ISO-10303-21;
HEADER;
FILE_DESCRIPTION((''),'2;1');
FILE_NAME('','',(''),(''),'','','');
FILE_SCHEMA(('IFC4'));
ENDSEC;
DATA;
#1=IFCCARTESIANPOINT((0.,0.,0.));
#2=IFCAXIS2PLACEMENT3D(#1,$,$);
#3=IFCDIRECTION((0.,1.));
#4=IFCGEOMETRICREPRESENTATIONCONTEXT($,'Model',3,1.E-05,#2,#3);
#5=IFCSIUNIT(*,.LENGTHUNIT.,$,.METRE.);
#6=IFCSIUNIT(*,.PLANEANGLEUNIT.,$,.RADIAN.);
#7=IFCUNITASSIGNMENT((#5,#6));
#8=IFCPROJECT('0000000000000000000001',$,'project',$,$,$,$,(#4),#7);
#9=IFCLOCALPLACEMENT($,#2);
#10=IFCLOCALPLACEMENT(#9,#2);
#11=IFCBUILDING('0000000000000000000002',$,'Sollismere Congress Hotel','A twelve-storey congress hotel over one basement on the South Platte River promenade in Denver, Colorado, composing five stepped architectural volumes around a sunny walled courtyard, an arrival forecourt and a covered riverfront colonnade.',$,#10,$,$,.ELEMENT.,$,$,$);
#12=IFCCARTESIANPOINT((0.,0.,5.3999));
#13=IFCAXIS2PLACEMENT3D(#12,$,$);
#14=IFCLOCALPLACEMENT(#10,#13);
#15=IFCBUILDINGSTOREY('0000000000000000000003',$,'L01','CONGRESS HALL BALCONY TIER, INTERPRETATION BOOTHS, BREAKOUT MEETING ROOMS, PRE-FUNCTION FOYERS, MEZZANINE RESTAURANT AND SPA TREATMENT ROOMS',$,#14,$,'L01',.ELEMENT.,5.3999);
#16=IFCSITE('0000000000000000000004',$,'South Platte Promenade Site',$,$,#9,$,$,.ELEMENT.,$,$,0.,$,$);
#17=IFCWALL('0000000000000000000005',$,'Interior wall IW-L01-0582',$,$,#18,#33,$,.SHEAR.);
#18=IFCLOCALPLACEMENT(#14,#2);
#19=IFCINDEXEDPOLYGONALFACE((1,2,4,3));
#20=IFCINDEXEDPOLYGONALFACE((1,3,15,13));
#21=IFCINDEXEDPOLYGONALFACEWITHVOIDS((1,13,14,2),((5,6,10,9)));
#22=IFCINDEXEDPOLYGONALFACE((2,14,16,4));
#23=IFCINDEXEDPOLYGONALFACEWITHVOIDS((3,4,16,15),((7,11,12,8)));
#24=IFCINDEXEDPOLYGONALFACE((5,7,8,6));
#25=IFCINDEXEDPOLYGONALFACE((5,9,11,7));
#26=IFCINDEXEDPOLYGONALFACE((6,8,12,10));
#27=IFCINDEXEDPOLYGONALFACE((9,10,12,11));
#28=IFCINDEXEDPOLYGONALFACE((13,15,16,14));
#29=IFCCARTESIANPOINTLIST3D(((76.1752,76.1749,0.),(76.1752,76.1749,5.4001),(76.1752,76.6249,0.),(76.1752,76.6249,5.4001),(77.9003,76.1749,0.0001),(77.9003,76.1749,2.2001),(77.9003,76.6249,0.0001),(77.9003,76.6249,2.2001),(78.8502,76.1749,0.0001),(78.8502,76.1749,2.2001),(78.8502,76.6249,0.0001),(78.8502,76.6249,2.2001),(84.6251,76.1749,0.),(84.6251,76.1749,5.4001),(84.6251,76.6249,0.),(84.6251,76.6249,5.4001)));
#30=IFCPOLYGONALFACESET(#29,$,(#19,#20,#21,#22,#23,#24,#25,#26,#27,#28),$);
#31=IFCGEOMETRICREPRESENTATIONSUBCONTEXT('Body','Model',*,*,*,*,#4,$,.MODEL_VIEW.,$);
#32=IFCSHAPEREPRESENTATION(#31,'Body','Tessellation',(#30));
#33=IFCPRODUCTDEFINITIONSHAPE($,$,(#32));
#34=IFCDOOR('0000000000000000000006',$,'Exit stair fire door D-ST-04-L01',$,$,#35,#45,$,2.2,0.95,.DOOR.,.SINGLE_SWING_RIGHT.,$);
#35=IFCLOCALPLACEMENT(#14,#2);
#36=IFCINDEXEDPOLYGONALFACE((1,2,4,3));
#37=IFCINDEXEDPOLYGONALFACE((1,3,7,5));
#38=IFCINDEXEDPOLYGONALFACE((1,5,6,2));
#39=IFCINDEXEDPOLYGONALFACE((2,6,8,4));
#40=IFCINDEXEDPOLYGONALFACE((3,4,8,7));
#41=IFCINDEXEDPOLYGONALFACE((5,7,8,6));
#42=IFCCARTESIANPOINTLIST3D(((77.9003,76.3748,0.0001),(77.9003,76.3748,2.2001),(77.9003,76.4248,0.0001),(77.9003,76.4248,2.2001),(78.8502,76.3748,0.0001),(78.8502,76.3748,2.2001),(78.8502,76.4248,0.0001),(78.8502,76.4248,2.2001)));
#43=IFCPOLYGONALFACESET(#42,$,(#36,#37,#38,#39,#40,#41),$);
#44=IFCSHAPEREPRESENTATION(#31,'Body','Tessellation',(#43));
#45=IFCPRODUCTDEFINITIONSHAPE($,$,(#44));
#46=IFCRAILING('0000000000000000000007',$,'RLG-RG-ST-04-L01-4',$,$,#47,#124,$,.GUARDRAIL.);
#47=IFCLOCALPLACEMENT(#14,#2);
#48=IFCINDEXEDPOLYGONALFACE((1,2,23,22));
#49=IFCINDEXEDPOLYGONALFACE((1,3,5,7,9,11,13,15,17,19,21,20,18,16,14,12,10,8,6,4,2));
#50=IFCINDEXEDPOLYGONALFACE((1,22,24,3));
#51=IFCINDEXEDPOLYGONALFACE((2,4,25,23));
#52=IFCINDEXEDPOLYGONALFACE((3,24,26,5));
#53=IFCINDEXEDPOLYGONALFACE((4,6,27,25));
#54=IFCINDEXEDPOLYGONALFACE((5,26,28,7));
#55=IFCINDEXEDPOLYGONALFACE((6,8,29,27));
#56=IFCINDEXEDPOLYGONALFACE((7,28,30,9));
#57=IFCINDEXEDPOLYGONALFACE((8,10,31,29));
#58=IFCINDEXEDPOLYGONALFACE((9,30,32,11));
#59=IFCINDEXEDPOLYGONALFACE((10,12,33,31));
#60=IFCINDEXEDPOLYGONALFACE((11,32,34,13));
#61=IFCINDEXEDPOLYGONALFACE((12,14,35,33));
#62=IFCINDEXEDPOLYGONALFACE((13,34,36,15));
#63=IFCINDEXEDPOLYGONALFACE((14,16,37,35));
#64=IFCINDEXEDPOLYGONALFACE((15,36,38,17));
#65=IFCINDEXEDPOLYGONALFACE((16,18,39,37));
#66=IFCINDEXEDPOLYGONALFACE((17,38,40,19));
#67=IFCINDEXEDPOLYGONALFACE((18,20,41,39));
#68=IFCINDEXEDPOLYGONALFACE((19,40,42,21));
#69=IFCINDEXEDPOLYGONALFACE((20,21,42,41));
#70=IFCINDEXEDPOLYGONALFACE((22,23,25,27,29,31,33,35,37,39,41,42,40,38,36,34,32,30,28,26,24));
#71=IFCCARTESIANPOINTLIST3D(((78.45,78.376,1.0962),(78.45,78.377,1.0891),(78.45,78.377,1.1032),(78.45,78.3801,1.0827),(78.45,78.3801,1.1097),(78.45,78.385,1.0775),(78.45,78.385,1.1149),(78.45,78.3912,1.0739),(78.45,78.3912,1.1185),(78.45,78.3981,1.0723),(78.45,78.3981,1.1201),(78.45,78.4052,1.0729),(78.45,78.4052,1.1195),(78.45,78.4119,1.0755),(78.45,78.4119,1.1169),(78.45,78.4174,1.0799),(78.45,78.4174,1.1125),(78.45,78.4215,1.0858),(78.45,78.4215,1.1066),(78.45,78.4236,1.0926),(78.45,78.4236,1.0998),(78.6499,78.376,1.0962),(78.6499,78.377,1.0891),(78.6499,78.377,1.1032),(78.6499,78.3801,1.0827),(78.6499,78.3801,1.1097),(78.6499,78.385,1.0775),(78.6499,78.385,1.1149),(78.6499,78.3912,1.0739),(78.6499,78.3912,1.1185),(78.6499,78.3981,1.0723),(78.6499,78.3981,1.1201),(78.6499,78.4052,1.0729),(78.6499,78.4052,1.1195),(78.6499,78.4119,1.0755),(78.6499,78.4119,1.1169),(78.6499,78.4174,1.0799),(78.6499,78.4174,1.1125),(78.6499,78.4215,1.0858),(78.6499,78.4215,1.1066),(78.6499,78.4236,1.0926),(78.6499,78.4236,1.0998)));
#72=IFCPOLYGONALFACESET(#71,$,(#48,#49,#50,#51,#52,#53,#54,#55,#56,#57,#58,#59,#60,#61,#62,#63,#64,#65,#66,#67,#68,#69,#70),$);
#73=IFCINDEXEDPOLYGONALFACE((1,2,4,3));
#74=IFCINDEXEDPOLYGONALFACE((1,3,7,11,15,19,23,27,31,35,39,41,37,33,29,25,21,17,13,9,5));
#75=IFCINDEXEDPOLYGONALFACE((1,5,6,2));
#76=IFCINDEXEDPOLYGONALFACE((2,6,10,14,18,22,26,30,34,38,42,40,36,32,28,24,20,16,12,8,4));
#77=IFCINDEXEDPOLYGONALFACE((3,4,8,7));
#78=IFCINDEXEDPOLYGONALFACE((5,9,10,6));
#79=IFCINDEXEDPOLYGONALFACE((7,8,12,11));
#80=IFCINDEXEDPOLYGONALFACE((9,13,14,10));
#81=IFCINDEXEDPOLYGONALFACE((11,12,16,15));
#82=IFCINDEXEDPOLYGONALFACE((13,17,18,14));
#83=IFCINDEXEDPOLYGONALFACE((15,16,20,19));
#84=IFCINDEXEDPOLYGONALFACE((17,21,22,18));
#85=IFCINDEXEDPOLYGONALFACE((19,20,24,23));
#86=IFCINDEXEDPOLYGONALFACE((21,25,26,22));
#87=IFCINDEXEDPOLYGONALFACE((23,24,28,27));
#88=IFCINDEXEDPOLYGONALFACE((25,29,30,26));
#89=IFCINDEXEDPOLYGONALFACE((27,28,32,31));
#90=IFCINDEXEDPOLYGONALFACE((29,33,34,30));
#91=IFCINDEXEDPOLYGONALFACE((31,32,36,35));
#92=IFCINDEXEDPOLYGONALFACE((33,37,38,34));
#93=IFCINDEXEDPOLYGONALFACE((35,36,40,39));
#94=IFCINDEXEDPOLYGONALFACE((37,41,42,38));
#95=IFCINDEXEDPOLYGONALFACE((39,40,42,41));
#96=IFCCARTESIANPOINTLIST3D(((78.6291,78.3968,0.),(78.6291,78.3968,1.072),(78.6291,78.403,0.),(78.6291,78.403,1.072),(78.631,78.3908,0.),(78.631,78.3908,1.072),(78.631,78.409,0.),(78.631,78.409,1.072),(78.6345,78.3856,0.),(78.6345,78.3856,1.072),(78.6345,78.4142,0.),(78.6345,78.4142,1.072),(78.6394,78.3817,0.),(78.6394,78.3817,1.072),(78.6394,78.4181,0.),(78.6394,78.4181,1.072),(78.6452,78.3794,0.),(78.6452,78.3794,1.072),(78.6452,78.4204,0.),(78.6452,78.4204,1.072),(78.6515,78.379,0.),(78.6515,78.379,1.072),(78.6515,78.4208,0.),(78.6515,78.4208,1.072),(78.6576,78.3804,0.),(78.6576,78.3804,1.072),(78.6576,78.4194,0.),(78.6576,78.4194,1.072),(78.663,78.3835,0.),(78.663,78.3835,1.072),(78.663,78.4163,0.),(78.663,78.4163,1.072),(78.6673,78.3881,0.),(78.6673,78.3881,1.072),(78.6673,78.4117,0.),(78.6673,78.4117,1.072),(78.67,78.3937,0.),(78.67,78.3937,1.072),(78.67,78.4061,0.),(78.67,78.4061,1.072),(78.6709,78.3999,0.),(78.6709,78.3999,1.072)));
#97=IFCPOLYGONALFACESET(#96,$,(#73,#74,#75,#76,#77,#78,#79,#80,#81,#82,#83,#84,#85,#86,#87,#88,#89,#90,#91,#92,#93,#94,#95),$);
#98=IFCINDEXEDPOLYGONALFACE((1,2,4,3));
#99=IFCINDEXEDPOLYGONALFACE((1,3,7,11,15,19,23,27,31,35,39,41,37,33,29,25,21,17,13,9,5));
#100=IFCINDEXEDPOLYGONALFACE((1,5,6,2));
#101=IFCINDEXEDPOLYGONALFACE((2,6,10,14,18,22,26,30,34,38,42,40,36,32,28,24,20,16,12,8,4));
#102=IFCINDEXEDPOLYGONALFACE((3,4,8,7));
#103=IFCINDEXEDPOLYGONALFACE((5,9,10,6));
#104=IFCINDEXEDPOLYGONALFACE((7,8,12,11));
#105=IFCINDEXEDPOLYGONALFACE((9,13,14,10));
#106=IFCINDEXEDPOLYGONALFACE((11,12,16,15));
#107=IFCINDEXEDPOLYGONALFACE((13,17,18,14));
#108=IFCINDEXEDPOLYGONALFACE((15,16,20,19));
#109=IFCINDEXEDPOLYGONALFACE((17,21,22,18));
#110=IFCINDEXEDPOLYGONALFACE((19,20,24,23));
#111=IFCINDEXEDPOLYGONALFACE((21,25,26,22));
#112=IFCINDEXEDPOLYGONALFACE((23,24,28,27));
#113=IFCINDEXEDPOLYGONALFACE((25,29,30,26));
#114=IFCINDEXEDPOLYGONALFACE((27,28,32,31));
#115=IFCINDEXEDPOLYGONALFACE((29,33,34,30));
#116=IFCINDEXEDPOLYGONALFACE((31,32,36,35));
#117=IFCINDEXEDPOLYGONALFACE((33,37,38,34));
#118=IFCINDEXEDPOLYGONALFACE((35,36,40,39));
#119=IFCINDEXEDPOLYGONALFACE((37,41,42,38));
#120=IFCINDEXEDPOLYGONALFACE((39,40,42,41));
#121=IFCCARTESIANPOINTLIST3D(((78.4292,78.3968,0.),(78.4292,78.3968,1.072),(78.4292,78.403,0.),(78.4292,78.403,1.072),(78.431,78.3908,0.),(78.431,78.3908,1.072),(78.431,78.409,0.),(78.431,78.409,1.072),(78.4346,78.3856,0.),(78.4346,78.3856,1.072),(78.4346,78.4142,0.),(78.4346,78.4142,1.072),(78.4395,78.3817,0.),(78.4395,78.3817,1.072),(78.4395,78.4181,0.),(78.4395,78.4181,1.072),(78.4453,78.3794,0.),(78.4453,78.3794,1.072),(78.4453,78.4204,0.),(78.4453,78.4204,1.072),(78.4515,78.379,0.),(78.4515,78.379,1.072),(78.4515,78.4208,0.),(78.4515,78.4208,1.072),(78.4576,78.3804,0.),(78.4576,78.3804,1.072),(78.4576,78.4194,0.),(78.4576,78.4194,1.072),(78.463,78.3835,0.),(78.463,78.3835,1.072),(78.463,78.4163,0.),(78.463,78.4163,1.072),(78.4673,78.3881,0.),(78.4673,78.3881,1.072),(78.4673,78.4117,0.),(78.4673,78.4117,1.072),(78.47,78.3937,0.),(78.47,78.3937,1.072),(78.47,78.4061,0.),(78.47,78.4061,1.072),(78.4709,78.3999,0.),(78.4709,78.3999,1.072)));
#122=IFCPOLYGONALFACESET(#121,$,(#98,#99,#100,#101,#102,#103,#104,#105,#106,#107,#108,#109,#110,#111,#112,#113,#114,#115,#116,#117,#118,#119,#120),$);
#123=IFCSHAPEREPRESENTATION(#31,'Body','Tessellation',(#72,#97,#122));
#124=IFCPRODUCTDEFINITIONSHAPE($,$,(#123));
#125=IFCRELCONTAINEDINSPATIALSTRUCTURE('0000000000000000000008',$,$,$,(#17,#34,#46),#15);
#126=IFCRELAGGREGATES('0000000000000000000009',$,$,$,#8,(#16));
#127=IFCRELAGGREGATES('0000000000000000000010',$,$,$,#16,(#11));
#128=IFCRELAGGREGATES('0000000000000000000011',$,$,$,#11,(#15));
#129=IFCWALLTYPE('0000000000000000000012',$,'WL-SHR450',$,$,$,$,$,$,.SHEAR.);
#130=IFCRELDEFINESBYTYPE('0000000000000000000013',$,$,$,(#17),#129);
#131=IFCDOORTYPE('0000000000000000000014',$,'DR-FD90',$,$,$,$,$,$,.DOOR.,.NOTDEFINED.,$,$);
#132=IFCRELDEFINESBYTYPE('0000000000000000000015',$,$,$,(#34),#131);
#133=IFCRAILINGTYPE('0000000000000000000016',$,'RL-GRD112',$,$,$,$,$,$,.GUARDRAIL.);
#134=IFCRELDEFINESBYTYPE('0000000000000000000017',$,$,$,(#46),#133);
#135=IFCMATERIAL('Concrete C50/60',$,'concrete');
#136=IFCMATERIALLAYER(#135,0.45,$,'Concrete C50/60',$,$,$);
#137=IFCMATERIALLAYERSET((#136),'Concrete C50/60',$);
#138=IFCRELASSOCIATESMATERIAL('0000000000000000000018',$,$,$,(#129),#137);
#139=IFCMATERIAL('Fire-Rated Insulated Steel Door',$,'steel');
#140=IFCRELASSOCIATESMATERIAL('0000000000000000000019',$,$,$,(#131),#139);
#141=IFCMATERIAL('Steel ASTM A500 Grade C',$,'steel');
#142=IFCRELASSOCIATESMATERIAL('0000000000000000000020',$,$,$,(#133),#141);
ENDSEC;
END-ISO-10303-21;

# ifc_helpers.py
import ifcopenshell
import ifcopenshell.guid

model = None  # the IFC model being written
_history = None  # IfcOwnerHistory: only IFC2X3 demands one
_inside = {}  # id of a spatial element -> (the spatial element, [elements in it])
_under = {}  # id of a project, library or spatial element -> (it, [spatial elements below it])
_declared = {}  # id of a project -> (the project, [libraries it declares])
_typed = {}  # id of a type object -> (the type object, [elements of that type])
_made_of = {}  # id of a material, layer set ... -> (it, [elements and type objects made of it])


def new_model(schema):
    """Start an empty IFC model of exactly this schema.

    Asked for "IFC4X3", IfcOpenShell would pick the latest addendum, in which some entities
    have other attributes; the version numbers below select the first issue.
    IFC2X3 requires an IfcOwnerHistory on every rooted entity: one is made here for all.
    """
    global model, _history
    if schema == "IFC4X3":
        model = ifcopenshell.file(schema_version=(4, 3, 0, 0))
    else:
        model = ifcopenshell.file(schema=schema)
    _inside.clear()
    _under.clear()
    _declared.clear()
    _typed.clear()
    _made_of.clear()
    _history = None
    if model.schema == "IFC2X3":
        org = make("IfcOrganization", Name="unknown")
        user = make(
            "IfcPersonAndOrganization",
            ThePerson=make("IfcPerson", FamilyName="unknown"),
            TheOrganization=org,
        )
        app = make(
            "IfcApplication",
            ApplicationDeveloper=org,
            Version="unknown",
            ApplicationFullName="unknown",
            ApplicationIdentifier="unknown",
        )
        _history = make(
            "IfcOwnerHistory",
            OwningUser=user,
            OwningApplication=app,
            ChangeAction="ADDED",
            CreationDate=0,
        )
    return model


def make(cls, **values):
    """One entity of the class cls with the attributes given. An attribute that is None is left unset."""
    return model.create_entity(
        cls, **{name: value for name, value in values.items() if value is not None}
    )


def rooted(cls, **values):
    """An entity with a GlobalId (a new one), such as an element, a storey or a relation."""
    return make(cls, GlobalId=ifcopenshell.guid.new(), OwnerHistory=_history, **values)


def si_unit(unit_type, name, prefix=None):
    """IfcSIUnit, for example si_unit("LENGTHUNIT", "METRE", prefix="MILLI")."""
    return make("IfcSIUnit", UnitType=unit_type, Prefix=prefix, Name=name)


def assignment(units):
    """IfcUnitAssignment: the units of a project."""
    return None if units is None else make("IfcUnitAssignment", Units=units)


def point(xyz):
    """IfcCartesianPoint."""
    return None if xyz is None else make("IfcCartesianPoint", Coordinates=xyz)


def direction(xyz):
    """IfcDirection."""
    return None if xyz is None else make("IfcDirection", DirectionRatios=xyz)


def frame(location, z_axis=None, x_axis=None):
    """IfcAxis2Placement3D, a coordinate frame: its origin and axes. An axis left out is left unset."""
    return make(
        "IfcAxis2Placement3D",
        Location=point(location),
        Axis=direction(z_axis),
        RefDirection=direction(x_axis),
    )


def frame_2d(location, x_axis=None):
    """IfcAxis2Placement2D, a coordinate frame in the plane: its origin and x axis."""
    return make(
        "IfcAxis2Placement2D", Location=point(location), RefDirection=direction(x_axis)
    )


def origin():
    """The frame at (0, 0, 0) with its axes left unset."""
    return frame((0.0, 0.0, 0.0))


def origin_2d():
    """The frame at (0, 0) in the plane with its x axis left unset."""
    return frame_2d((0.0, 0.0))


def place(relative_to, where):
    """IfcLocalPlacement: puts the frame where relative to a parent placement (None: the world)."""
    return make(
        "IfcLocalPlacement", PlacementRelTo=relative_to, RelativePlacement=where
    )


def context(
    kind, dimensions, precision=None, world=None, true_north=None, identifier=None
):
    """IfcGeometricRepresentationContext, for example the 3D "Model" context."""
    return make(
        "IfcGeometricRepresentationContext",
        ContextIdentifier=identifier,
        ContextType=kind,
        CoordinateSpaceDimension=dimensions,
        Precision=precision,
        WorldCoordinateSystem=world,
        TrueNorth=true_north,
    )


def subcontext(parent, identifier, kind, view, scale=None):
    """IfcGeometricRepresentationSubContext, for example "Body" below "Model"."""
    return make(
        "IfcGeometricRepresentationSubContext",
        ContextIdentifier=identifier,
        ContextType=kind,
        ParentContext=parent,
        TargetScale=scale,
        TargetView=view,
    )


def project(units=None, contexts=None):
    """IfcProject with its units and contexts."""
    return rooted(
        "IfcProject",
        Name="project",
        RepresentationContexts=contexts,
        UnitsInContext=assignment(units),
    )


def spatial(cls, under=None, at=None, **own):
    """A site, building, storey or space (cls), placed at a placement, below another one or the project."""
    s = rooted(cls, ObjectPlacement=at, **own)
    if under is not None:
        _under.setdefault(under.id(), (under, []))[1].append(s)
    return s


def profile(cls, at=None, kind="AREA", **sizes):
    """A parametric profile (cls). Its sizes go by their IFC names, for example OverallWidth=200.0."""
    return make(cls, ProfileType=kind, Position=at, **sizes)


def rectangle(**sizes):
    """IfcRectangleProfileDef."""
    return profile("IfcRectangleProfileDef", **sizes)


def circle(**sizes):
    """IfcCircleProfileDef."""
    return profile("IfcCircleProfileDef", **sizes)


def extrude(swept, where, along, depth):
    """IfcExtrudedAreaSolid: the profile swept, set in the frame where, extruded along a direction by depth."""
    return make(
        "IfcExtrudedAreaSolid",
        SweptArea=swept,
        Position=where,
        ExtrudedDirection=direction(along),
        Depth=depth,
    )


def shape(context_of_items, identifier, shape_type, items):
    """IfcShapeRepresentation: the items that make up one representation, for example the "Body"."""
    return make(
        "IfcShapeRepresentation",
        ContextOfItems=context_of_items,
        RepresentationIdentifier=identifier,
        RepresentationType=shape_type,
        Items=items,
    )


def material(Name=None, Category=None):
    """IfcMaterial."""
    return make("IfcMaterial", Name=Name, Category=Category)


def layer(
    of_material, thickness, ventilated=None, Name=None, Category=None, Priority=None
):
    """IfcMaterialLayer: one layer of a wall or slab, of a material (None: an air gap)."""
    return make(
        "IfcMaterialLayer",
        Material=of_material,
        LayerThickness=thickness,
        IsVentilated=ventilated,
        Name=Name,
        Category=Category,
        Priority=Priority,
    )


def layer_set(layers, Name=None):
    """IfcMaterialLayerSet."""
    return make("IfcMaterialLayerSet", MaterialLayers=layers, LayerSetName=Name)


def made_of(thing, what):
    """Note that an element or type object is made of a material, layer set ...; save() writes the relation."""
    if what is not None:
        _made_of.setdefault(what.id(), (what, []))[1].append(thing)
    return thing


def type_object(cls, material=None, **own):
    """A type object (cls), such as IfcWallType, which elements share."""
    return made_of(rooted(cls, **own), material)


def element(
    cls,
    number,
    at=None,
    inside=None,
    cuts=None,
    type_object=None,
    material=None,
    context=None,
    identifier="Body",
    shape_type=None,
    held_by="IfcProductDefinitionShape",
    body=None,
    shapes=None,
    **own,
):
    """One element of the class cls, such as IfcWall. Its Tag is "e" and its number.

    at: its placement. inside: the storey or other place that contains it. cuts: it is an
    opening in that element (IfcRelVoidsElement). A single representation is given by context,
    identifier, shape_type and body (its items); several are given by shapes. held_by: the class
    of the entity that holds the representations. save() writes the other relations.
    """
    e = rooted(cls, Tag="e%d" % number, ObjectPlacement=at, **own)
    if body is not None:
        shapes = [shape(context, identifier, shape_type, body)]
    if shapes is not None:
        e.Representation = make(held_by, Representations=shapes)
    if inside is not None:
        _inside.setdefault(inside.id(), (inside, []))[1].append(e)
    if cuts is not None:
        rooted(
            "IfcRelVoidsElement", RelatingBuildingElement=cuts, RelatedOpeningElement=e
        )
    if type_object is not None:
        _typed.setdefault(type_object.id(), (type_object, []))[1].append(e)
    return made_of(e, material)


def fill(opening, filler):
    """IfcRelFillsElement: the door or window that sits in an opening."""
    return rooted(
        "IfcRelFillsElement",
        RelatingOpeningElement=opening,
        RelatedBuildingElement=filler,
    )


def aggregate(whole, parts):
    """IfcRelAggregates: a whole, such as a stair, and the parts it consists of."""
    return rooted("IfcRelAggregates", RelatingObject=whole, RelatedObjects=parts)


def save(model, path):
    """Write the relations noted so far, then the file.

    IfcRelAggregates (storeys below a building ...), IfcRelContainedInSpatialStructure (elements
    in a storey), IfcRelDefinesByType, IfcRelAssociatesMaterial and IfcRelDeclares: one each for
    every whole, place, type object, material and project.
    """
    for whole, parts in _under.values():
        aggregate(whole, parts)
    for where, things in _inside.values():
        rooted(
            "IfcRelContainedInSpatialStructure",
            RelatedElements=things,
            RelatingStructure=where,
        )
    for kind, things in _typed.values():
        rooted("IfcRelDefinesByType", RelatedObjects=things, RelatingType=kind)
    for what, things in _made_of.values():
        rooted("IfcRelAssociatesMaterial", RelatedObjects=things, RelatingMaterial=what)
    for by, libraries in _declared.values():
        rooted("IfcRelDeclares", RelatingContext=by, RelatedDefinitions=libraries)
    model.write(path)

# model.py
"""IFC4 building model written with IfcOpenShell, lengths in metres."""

from ifc_helpers import new_model, si_unit, direction, frame, frame_2d, origin, origin_2d, place, context, subcontext, project, spatial, rectangle, circle, extrude, material, layer, layer_set, type_object, element, fill, save


model = new_model("IFC4")

# Units and contexts
model_context = context("Model", 3, precision=1e-05, world=origin(), true_north=direction((0.0, 1.0)))
body_context = subcontext(model_context, "Body", "Model", "MODEL_VIEW")
ifc_project = project(units=[si_unit("LENGTHUNIT", "METRE"), si_unit("PLANEANGLEUNIT", "RADIAN")], contexts=[model_context])

# Site, building, storey
site_placement = place(None, origin())
site = spatial("IfcSite", under=ifc_project, at=site_placement, Name="South Platte Promenade Site", CompositionType="ELEMENT", RefElevation=0.0)
building_placement = place(site_placement, origin())
building = spatial("IfcBuilding", under=site, at=building_placement, Name="Sollismere Congress Hotel", Description="A twelve-storey congress hotel over one basement on the South Platte River promenade in Denver, Colorado, composing five stepped architectural volumes around a sunny walled courtyard, an arrival forecourt and a covered riverfront colonnade.", CompositionType="ELEMENT")
storey_placement = place(building_placement, frame((0.0, 0.0, 5.3999)))
storey = spatial("IfcBuildingStorey", under=building, at=storey_placement, Name="L01", Description="CONGRESS HALL BALCONY TIER, INTERPRETATION BOOTHS, BREAKOUT MEETING ROOMS, PRE-FUNCTION FOYERS, MEZZANINE RESTAURANT AND SPA TREATMENT ROOMS", LongName="L01", CompositionType="ELEMENT", Elevation=5.3999)

# Wall, opening, door
ifc_material_1 = material(Name="Concrete C50/60", Category="concrete")
ifc_layer_1 = layer(ifc_material_1, 0.45, Name="Concrete C50/60")
ifc_layer_set_1 = layer_set([ifc_layer_1], Name="Concrete C50/60")
wall_type_1 = type_object("IfcWallType", Name="WL-SHR450", PredefinedType="SHEAR", material=ifc_layer_set_1)
wall_1_placement = place(storey_placement, frame((76.175, 76.3999, 0.0), z_axis=(0.0, 0.0, 1.0), x_axis=(1.0, 0.0, 0.0)))
wall_1 = element("IfcWall", 1, at=wall_1_placement, inside=storey, type_object=wall_type_1, Name="Interior wall IW-L01-0582", PredefinedType="SHEAR", context=body_context, shape_type="SweptSolid", body=[
    extrude(rectangle(XDim=8.45, YDim=0.45, at=frame_2d((4.2251, 0.0))), origin(), (0.0, 0.0, 1.0), 5.4001),
])
opening_1_placement = place(wall_1_placement, frame((1.7251, 0.0, 0.0)))
opening_1 = element("IfcOpeningElement", 2, at=opening_1_placement, cuts=wall_1, PredefinedType="OPENING", context=body_context, shape_type="SweptSolid", body=[
    extrude(rectangle(XDim=0.95, YDim=2.2, at=frame_2d((0.4751, 1.1001))), frame((0.0, 0.2349, 0.0), z_axis=(0.0, -1.0, 0.0), x_axis=(1.0, 0.0, 0.0)), (0.0, 0.0, 1.0), 0.47),
])
ifc_material_2 = material(Name="Fire-Rated Insulated Steel Door", Category="steel")
door_type_1 = type_object("IfcDoorType", Name="DR-FD90", OperationType="NOTDEFINED", PredefinedType="DOOR", material=ifc_material_2)
door_1_placement = place(opening_1_placement, origin())
door_1 = element("IfcDoor", 3, at=door_1_placement, inside=storey, type_object=door_type_1, Name="Exit stair fire door D-ST-04-L01", OperationType="SINGLE_SWING_RIGHT", OverallHeight=2.2, OverallWidth=0.95, PredefinedType="DOOR", context=body_context, shape_type="SweptSolid", body=[
    extrude(rectangle(XDim=0.95, YDim=2.2, at=frame_2d((0.4751, 1.1001))), frame((0.0, 0.0249, 0.0), z_axis=(0.0, -1.0, 0.0), x_axis=(1.0, 0.0, 0.0)), (0.0, 0.0, 1.0), 0.05),
])
fill(opening_1, door_1)

# Railing
ifc_material_3 = material(Name="Steel ASTM A500 Grade C", Category="steel")
railing_type = type_object("IfcRailingType", Name="RL-GRD112", PredefinedType="GUARDRAIL", material=ifc_material_3)
railing_placement = place(storey_placement, frame((78.6499, 78.3999, 0.0)))
element("IfcRailing", 4, at=railing_placement, inside=storey, type_object=railing_type, Name="RLG-RG-ST-04-L01-4", PredefinedType="GUARDRAIL", context=body_context, shape_type="SweptSolid", body=[
    extrude(circle(Radius=0.0239, at=origin_2d()), frame((0.0, 0.0, 1.0962), z_axis=(-1.0, 0.0, 0.0), x_axis=(0.0, -1.0, 0.0)), (0.0, 0.0, 1.0), 0.2),
    extrude(circle(Radius=0.021, at=origin_2d()), origin(), (0.0, 0.0, 1.0), 1.072),
    extrude(circle(Radius=0.021, at=origin_2d()), frame((-0.2, 0.0, 0.0)), (0.0, 0.0, 1.0), 1.072),
])

save(model, "model.ifc")
